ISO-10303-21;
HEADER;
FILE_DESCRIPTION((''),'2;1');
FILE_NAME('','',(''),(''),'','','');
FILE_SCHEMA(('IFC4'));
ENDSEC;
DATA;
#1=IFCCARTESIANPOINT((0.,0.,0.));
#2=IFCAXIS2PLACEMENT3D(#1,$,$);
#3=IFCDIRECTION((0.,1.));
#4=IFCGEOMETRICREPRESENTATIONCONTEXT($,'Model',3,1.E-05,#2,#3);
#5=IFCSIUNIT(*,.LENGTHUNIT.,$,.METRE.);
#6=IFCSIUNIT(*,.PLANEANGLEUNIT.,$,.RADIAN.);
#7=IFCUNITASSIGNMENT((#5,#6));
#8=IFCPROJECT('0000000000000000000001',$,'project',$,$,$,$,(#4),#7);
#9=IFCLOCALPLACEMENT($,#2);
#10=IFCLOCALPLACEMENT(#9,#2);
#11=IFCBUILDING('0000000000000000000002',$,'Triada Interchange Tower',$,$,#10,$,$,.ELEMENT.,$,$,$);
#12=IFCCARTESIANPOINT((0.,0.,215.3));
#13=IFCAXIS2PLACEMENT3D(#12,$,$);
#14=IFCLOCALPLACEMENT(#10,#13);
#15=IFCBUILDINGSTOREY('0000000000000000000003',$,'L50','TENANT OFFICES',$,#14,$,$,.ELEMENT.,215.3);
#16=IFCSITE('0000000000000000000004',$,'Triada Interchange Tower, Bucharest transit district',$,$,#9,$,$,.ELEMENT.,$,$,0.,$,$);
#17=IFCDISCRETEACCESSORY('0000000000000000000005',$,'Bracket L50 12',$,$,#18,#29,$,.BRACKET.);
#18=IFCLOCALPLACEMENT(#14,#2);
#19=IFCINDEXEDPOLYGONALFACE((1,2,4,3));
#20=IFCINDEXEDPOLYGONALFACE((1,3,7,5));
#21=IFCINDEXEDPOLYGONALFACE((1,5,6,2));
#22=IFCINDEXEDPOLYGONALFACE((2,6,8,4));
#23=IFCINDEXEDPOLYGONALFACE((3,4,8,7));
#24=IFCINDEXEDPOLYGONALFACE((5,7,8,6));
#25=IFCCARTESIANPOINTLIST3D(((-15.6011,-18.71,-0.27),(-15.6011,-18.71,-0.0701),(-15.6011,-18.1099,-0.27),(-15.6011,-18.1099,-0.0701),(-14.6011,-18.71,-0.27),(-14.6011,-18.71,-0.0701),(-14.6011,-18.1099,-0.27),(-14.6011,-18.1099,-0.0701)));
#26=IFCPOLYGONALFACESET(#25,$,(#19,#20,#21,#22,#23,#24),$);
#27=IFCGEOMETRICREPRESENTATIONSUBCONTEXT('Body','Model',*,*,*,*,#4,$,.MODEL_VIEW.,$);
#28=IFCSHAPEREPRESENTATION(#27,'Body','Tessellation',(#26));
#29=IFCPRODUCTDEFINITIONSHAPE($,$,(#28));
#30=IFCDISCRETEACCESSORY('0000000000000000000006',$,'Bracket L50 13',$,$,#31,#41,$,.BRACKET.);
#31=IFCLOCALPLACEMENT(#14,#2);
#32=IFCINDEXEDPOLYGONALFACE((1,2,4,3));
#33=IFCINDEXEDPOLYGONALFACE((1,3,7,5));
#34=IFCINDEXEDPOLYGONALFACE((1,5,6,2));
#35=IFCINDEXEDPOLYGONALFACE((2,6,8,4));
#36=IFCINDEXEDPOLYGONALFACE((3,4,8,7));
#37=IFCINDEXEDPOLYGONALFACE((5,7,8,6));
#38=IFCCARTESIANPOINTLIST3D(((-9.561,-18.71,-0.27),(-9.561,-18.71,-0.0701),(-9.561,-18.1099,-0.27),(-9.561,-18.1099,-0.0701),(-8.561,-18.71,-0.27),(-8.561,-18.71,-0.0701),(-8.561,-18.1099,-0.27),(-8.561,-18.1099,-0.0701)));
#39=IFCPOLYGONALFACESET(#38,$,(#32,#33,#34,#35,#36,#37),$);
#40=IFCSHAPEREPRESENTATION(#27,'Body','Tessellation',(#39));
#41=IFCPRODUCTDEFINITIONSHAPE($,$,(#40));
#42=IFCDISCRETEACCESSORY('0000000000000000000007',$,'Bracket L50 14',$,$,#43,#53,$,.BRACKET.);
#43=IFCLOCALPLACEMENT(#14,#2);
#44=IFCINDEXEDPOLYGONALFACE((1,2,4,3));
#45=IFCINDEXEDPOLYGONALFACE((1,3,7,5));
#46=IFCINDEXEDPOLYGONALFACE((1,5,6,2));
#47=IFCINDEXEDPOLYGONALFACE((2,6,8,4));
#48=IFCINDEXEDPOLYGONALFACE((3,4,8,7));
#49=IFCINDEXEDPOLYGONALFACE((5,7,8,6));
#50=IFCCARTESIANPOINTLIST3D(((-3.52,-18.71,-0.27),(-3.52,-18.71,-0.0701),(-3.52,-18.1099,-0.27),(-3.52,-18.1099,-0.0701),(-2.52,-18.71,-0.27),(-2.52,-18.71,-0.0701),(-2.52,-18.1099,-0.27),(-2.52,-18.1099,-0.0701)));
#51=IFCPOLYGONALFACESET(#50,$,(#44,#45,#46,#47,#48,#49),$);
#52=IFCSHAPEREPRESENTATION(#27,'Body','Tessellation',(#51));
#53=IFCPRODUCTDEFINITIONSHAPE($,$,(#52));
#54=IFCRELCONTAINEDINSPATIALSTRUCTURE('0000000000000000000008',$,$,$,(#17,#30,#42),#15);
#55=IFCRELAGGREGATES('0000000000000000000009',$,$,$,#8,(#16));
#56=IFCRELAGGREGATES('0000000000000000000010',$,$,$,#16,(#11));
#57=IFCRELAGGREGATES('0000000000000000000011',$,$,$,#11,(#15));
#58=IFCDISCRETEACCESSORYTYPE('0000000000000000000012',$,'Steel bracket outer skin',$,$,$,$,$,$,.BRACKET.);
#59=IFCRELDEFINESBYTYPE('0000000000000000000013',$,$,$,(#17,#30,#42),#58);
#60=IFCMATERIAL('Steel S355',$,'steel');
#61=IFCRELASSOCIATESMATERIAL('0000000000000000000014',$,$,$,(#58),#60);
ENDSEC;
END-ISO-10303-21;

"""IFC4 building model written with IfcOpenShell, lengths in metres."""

from ifc_helpers import new_model, si_unit, direction, frame, origin, origin_2d, place, context, subcontext, project, spatial, rectangle, extrude, material, type_object, element, save


model = new_model("IFC4")

# Units and contexts
model_context = context("Model", 3, precision=1e-05, world=origin(), true_north=direction((0.0, 1.0)))
body_context = subcontext(model_context, "Body", "Model", "MODEL_VIEW")
ifc_project = project(units=[si_unit("LENGTHUNIT", "METRE"), si_unit("PLANEANGLEUNIT", "RADIAN")], contexts=[model_context])

# Site, building, storey
site_placement = place(None, origin())
site = spatial("IfcSite", under=ifc_project, at=site_placement, Name="Triada Interchange Tower, Bucharest transit district", CompositionType="ELEMENT", RefElevation=0.0)
building_placement = place(site_placement, origin())
building = spatial("IfcBuilding", under=site, at=building_placement, Name="Triada Interchange Tower", CompositionType="ELEMENT")
storey_placement = place(building_placement, frame((0.0, 0.0, 215.3)))
storey = spatial("IfcBuildingStorey", under=building, at=storey_placement, Name="L50", Description="TENANT OFFICES", CompositionType="ELEMENT", Elevation=215.3)

# Discrete accessories
ifc_material_1 = material(Name="Steel S355", Category="steel")
discrete_accessory_type = type_object("IfcDiscreteAccessoryType", Name="Steel bracket outer skin", PredefinedType="BRACKET", material=ifc_material_1)
for number, where, z_axis, x_axis, name in (
    (1, (-15.1011, -18.4099, -0.27), (0.0, 0.0, 1.0), (0.0, -1.0, 0.0), "Bracket L50 12"),
    (2, (-9.061, -18.4099, -0.27), (0.0, 0.0, 1.0), (0.0, -1.0, 0.0), "Bracket L50 13"),
    (3, (-3.02, -18.4099, -0.27), (0.0, 0.0, 1.0), (0.0, -1.0, 0.0), "Bracket L50 14"),
):
    element("IfcDiscreteAccessory", number, at=place(storey_placement, frame(where, z_axis=z_axis, x_axis=x_axis)), inside=storey, type_object=discrete_accessory_type, Name=name, PredefinedType="BRACKET", context=body_context, shape_type="SweptSolid", body=[
        extrude(rectangle(XDim=0.6001, YDim=1.0, at=origin_2d()), origin(), (0.0, 0.0, 1.0), 0.2),
    ])

save(model, "model.ifc")
